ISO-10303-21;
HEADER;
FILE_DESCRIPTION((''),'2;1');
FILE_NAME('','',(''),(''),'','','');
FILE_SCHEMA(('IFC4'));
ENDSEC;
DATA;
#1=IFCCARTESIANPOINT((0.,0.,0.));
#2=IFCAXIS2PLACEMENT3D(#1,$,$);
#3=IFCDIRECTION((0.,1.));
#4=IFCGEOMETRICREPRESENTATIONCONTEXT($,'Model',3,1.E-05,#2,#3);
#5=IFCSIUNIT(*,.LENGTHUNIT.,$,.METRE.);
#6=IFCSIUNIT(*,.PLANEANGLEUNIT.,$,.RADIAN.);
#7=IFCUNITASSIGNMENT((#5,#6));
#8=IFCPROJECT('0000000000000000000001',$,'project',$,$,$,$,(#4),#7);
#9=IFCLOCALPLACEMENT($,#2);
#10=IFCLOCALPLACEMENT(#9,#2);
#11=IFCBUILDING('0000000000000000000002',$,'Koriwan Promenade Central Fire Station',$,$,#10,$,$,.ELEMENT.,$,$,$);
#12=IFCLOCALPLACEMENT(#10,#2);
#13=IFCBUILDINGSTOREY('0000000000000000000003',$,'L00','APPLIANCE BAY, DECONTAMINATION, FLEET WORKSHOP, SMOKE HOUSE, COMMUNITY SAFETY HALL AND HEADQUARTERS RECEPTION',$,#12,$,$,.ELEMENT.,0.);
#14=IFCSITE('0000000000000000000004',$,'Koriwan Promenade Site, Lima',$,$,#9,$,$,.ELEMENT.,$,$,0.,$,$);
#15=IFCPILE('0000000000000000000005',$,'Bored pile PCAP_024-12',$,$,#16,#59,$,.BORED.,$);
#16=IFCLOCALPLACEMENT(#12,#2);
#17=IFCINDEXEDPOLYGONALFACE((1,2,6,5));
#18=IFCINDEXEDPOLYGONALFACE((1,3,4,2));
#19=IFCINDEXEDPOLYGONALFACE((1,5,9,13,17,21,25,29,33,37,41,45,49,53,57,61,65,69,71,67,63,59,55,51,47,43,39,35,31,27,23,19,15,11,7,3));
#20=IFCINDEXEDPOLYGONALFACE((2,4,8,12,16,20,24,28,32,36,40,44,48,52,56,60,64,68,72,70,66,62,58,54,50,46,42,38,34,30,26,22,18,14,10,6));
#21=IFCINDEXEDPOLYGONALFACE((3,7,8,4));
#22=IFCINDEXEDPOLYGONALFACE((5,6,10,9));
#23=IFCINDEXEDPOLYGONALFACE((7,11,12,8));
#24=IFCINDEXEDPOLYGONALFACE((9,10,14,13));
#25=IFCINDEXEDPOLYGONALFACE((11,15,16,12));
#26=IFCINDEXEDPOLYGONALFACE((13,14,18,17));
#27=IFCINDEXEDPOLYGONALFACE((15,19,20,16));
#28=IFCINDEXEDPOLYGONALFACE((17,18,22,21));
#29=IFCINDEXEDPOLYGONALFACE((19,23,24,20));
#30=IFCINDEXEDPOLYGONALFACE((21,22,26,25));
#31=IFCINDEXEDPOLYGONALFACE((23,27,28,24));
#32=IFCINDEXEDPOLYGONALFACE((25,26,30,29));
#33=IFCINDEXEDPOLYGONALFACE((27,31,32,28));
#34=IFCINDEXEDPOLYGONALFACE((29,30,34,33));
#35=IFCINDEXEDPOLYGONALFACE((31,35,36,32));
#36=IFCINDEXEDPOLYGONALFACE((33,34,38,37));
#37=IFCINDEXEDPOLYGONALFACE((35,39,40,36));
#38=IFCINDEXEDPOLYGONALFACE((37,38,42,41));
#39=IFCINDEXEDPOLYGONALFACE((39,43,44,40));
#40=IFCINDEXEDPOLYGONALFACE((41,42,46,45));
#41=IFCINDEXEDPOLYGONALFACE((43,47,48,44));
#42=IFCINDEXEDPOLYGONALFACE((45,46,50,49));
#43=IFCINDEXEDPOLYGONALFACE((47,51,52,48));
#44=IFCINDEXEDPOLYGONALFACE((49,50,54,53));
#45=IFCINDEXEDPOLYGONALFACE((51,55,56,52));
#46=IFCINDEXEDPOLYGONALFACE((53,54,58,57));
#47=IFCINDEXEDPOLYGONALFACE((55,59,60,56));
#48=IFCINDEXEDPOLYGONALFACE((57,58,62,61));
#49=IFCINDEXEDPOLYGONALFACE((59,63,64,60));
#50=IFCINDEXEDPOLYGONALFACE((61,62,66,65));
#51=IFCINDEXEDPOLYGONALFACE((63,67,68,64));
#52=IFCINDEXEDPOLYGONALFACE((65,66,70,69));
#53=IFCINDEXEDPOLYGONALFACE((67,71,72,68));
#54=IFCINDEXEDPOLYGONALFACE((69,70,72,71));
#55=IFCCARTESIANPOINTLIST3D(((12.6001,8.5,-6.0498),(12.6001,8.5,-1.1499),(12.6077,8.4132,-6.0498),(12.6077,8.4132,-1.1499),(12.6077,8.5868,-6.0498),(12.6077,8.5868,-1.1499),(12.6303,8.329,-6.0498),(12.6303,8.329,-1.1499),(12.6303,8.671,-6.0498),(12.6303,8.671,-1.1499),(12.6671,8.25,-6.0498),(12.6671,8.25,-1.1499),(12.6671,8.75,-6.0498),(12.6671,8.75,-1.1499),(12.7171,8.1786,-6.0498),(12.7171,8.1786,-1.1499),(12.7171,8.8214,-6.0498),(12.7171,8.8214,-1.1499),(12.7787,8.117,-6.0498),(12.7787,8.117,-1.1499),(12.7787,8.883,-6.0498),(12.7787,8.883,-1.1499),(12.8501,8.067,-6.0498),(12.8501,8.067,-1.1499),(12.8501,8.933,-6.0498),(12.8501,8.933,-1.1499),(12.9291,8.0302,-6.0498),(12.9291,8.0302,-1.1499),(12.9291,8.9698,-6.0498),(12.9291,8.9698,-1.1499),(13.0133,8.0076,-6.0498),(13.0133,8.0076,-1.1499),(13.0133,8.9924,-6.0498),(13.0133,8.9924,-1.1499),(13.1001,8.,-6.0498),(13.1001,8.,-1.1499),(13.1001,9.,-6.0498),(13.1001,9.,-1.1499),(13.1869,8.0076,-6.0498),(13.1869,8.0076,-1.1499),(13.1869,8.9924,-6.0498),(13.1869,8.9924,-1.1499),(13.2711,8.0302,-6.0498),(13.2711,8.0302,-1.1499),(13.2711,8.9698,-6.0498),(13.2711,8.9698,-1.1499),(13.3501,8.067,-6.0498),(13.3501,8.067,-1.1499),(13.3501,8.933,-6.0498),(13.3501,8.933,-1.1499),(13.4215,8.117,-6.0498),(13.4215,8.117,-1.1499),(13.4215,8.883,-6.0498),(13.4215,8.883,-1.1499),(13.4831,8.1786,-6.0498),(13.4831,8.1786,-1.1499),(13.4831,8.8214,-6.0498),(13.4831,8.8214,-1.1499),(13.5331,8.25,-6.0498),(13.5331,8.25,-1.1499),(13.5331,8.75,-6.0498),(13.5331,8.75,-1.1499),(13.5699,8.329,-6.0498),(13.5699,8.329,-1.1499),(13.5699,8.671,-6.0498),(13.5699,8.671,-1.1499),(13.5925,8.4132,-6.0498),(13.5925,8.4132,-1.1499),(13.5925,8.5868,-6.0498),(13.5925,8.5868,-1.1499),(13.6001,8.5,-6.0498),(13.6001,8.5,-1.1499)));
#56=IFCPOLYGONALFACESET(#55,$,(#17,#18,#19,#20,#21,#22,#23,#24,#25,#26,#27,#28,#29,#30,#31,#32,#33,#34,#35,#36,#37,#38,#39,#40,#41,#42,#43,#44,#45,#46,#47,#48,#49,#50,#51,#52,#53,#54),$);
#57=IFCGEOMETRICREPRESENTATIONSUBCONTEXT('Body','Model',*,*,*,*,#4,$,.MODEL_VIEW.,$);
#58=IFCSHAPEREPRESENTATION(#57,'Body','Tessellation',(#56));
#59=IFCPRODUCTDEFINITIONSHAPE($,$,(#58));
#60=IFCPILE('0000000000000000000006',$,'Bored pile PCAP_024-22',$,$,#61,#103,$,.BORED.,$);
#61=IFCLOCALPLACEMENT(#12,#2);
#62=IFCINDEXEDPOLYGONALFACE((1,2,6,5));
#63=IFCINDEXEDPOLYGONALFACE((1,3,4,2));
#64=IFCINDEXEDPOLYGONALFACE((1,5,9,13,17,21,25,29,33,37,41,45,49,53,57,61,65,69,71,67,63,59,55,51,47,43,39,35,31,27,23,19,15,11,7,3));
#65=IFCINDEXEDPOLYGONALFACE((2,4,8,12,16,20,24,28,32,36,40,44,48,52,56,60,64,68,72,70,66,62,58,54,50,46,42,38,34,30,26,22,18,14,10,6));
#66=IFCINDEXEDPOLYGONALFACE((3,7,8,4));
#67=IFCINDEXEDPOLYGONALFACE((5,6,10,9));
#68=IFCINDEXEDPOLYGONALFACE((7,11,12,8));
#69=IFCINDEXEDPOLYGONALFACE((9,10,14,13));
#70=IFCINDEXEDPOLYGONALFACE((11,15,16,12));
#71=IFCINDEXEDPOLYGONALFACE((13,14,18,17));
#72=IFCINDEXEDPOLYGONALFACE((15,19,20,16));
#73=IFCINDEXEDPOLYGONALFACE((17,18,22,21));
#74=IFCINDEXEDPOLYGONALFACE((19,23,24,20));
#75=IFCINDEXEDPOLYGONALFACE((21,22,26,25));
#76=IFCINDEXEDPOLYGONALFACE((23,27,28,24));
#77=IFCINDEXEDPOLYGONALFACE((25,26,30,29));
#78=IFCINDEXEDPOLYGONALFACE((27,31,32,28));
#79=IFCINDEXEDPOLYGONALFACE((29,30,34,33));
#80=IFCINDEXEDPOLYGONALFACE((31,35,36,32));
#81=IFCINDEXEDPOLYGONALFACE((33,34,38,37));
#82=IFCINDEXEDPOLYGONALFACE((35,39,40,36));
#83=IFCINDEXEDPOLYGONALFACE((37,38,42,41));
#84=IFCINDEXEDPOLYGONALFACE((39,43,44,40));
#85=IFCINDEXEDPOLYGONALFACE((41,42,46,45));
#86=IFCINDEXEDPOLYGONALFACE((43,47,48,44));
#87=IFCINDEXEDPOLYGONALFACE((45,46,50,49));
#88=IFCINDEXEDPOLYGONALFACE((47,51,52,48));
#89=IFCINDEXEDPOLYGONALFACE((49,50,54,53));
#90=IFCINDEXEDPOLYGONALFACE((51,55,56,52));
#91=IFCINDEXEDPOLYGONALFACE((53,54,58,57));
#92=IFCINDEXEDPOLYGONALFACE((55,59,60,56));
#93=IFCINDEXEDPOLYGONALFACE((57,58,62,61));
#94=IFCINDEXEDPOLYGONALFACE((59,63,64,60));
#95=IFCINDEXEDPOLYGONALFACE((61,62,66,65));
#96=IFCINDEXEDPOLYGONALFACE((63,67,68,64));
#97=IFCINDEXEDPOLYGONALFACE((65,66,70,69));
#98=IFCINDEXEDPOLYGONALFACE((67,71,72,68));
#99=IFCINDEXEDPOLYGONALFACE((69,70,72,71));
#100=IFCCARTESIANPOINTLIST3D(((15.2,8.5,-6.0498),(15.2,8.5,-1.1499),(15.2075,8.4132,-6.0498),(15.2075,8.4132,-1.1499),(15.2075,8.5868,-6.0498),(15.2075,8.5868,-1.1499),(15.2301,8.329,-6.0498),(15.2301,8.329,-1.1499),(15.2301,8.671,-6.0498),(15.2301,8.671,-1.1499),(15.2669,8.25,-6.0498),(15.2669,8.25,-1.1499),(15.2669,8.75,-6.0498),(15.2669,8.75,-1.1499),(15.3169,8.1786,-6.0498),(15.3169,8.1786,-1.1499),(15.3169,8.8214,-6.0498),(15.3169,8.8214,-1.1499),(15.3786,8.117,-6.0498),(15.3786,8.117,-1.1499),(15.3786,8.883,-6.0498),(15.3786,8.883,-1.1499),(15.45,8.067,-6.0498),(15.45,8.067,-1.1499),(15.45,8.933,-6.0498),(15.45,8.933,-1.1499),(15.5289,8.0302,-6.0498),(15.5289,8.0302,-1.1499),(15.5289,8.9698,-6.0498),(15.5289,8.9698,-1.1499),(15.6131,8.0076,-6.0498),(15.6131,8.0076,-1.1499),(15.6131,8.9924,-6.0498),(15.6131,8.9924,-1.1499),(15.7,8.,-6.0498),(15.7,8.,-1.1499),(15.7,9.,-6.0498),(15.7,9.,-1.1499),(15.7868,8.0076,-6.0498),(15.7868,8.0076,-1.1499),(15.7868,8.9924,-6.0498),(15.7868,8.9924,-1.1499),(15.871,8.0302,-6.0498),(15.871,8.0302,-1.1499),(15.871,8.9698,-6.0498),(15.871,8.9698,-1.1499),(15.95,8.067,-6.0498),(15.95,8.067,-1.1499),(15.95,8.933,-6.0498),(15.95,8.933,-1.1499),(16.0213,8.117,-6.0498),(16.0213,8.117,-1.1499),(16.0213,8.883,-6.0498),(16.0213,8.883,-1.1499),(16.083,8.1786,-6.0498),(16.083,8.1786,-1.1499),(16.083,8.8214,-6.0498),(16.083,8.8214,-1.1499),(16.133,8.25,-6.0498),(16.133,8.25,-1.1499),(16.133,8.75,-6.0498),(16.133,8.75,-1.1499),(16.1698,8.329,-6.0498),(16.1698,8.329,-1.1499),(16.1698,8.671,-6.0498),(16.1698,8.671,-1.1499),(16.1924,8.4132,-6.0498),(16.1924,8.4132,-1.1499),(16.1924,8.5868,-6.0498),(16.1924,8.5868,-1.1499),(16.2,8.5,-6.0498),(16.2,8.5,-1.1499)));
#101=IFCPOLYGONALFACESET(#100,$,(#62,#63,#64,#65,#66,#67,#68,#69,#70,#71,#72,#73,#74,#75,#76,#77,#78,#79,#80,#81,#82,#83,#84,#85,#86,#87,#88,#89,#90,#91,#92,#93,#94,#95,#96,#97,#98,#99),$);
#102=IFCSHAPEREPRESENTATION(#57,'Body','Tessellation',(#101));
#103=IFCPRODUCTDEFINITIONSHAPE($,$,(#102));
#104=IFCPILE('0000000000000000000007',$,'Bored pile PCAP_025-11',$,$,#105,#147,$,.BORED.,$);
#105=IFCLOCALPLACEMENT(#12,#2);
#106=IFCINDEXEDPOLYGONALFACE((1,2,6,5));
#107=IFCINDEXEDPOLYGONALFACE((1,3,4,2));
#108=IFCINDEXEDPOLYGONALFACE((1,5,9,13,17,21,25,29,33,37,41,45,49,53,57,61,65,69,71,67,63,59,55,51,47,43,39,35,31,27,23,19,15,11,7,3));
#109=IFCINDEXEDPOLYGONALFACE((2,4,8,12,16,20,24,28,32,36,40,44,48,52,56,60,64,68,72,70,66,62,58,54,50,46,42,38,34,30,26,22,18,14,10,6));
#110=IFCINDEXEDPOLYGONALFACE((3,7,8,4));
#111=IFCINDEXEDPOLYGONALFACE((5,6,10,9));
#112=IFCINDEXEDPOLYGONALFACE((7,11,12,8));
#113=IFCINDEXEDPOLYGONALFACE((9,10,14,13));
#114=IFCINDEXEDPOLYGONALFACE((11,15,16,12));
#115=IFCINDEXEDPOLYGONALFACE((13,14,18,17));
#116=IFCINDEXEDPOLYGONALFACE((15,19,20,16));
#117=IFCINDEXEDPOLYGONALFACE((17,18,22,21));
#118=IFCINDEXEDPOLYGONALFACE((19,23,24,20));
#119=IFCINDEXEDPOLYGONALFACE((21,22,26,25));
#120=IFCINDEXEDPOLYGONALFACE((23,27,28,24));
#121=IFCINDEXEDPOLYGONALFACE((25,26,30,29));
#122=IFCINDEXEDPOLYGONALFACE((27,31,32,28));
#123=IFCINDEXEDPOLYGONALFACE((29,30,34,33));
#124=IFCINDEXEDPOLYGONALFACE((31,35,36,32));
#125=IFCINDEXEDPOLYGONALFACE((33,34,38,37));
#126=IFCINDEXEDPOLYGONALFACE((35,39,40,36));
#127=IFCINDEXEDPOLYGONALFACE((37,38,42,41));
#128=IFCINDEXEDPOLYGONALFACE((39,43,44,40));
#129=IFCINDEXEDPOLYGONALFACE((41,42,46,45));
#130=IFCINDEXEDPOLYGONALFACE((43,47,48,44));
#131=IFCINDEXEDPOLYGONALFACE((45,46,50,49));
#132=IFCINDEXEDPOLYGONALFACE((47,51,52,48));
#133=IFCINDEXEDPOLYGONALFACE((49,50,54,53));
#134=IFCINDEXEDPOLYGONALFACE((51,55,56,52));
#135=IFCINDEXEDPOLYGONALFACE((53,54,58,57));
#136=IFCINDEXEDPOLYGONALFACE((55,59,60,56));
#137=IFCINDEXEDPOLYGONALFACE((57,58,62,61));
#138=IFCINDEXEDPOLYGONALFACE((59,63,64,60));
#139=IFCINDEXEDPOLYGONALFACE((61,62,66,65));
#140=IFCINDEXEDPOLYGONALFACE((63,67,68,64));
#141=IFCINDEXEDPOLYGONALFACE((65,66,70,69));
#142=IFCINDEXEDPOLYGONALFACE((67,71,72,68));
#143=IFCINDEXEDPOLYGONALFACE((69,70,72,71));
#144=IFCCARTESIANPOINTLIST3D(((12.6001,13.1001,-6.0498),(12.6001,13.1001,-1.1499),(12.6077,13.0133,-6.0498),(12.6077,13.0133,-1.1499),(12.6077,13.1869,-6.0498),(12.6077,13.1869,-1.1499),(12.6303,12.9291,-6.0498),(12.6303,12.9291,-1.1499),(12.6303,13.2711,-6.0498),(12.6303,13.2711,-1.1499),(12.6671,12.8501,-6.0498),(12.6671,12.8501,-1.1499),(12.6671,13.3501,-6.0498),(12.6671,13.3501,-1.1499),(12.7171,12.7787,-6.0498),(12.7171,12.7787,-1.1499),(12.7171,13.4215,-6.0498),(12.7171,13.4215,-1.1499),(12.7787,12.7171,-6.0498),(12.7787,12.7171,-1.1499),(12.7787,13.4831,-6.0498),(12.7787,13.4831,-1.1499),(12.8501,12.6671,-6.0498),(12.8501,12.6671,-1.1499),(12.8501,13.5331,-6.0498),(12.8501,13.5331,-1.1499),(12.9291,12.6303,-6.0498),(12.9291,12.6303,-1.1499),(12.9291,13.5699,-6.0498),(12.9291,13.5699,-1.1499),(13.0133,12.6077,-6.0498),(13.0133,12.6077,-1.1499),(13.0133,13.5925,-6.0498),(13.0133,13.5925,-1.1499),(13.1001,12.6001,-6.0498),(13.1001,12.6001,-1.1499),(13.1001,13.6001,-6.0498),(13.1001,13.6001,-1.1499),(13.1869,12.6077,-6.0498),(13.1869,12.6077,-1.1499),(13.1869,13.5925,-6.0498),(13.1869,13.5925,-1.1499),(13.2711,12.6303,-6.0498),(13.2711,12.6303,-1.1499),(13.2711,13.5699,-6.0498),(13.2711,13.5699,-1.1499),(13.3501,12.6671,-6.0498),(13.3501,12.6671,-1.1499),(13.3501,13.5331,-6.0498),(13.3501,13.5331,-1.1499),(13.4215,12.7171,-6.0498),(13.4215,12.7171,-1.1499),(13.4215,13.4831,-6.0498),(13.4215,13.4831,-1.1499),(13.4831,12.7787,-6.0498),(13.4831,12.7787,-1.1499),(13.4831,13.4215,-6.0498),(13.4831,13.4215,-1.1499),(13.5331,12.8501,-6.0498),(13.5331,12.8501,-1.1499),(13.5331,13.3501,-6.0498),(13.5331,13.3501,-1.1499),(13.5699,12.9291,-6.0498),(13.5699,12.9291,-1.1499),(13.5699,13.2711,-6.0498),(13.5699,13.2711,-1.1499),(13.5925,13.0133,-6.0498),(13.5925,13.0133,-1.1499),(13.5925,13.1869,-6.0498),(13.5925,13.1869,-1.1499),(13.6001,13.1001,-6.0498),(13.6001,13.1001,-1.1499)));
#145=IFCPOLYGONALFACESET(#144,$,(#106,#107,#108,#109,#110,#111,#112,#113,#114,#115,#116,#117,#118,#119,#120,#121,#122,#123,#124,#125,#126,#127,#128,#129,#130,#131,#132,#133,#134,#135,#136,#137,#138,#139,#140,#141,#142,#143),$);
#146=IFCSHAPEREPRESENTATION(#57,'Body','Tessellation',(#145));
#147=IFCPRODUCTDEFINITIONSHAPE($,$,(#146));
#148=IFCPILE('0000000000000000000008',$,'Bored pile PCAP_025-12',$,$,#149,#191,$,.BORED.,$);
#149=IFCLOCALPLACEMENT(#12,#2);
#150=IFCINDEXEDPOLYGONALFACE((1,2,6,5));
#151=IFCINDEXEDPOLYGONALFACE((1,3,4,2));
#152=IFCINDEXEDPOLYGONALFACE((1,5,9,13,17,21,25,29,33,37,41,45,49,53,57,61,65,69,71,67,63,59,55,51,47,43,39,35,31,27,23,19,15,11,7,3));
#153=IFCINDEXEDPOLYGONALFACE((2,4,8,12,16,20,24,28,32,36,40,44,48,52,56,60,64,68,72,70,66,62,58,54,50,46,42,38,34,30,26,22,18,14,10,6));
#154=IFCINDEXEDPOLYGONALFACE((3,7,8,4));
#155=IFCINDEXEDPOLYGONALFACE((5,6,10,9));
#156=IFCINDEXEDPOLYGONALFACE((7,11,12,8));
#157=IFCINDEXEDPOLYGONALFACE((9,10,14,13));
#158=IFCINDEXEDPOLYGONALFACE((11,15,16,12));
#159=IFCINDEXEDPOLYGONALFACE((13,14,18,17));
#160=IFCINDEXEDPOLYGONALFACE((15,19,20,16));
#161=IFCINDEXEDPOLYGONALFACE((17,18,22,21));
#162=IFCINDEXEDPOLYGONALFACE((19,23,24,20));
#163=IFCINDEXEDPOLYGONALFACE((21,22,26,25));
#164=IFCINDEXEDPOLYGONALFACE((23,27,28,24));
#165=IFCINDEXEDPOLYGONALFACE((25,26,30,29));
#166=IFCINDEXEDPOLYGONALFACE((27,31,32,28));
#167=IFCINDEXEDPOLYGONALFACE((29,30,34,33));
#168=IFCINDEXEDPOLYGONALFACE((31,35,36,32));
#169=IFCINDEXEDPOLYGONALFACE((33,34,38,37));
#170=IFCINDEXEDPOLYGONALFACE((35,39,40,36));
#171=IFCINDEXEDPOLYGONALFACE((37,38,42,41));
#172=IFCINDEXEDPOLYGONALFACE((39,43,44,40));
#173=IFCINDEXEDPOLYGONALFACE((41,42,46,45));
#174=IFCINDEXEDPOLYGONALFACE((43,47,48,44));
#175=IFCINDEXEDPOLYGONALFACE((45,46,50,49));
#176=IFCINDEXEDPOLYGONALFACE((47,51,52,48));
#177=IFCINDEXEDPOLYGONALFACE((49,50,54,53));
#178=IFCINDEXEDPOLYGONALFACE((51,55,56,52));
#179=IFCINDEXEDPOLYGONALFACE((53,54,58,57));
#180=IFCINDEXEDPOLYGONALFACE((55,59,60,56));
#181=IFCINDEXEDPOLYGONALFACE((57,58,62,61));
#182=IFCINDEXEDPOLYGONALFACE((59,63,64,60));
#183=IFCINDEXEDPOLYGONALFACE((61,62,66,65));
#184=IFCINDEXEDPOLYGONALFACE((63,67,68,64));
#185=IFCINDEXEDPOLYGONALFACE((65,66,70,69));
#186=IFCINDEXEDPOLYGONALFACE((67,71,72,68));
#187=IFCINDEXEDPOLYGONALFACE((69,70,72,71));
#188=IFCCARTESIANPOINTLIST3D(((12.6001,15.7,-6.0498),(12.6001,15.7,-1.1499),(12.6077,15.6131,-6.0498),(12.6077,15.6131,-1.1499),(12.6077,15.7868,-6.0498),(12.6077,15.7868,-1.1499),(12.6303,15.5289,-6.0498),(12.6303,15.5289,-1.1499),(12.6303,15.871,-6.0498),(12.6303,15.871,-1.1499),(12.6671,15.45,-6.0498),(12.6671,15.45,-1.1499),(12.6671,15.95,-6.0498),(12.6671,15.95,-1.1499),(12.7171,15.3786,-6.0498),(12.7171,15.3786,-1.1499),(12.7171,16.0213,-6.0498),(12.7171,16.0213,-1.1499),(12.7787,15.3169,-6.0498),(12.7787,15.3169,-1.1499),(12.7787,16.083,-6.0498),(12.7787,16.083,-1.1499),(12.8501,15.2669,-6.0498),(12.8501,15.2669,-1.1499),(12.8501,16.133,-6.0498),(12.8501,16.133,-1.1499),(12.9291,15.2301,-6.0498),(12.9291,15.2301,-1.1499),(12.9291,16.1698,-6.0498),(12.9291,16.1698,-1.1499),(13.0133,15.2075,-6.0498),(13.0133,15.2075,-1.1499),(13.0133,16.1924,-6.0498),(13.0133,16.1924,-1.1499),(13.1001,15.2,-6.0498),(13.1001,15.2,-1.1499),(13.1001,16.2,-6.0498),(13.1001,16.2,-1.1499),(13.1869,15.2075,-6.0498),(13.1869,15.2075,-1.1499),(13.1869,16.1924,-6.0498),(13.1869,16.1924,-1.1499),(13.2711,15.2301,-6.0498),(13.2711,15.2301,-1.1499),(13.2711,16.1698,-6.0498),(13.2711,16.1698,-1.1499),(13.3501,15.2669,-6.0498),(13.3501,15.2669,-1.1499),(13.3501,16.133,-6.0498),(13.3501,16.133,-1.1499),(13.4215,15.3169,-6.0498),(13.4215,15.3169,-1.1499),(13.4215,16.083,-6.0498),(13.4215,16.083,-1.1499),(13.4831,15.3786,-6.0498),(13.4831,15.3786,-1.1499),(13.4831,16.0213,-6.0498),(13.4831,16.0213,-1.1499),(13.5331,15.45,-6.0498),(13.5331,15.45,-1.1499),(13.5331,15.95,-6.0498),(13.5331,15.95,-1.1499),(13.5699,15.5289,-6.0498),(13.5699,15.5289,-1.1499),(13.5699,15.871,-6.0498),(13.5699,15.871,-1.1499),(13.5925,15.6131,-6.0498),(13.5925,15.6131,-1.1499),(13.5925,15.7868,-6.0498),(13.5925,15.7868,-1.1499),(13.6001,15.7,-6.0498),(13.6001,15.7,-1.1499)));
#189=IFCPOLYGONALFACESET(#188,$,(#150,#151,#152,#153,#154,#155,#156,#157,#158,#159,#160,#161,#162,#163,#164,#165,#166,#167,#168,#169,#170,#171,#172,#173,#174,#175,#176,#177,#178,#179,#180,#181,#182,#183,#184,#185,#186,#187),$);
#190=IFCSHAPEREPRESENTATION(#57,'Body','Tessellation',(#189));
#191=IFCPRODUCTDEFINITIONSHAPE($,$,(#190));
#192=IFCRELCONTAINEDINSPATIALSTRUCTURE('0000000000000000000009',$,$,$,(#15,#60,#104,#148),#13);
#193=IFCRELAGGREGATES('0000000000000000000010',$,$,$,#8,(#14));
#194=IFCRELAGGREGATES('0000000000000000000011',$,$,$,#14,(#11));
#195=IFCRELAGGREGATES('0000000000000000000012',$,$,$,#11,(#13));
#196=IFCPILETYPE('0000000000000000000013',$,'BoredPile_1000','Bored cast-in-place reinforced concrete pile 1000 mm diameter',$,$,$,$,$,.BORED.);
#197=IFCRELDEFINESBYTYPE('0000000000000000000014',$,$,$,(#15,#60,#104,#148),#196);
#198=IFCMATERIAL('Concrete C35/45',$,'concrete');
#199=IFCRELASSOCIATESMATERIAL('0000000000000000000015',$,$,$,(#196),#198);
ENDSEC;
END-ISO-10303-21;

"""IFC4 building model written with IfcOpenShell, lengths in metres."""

from ifc_helpers import new_model, si_unit, direction, frame, origin, origin_2d, place, context, subcontext, project, spatial, circle, extrude, material, material_profile, profile_set, type_object, element, save


model = new_model("IFC4")

# Units and contexts
model_context = context("Model", 3, precision=1e-05, world=origin(), true_north=direction((0.0, 1.0)))
body_context = subcontext(model_context, "Body", "Model", "MODEL_VIEW")
ifc_project = project(units=[si_unit("LENGTHUNIT", "METRE"), si_unit("PLANEANGLEUNIT", "RADIAN")], contexts=[model_context])

# Site, building, storey
site_placement = place(None, origin())
site = spatial("IfcSite", under=ifc_project, at=site_placement, Name="Koriwan Promenade Site, Lima", CompositionType="ELEMENT", RefElevation=0.0)
building_placement = place(site_placement, origin())
building = spatial("IfcBuilding", under=site, at=building_placement, Name="Koriwan Promenade Central Fire Station", CompositionType="ELEMENT")
storey_placement = place(building_placement, origin())
storey = spatial("IfcBuildingStorey", under=building, at=storey_placement, Name="L00", Description="APPLIANCE BAY, DECONTAMINATION, FLEET WORKSHOP, SMOKE HOUSE, COMMUNITY SAFETY HALL AND HEADQUARTERS RECEPTION", CompositionType="ELEMENT", Elevation=0.0)

# Piles
ifc_material_1 = material(Name="Concrete C35/45", Category="concrete")
ifc_material_profile_1 = material_profile(ifc_material_1, circle(Radius=0.5, at=origin_2d()), Name="PILE-D1000")
ifc_profile_set_1 = profile_set([ifc_material_profile_1], Name="Concrete C35/45")
pile_type_1 = type_object("IfcPileType", Name="BoredPile_1000", Description="Bored cast-in-place reinforced concrete pile 1000 mm diameter", PredefinedType="BORED", material=ifc_profile_set_1)
for number, where, z_axis, x_axis, name in (
    (1, (13.1001, 8.5, -1.1499), (0.0, 0.0, -1.0), (1.0, 0.0, 0.0), "Bored pile PCAP_024-12"),
    (2, (15.7, 8.5, -1.1499), (0.0, 0.0, -1.0), (1.0, 0.0, 0.0), "Bored pile PCAP_024-22"),
    (3, (13.1001, 13.1001, -1.1499), (0.0, 0.0, -1.0), (1.0, 0.0, 0.0), "Bored pile PCAP_025-11"),
    (4, (13.1001, 15.7, -1.1499), (0.0, 0.0, -1.0), (1.0, 0.0, 0.0), "Bored pile PCAP_025-12"),
):
    element("IfcPile", number, at=place(storey_placement, frame(where, z_axis=z_axis, x_axis=x_axis)), inside=storey, type_object=pile_type_1, Name=name, PredefinedType="BORED", context=body_context, shape_type="SweptSolid", body=[
        extrude(circle(Radius=0.5, at=origin_2d()), origin(), (0.0, 0.0, 1.0), 4.8999),
    ])

save(model, "model.ifc")
